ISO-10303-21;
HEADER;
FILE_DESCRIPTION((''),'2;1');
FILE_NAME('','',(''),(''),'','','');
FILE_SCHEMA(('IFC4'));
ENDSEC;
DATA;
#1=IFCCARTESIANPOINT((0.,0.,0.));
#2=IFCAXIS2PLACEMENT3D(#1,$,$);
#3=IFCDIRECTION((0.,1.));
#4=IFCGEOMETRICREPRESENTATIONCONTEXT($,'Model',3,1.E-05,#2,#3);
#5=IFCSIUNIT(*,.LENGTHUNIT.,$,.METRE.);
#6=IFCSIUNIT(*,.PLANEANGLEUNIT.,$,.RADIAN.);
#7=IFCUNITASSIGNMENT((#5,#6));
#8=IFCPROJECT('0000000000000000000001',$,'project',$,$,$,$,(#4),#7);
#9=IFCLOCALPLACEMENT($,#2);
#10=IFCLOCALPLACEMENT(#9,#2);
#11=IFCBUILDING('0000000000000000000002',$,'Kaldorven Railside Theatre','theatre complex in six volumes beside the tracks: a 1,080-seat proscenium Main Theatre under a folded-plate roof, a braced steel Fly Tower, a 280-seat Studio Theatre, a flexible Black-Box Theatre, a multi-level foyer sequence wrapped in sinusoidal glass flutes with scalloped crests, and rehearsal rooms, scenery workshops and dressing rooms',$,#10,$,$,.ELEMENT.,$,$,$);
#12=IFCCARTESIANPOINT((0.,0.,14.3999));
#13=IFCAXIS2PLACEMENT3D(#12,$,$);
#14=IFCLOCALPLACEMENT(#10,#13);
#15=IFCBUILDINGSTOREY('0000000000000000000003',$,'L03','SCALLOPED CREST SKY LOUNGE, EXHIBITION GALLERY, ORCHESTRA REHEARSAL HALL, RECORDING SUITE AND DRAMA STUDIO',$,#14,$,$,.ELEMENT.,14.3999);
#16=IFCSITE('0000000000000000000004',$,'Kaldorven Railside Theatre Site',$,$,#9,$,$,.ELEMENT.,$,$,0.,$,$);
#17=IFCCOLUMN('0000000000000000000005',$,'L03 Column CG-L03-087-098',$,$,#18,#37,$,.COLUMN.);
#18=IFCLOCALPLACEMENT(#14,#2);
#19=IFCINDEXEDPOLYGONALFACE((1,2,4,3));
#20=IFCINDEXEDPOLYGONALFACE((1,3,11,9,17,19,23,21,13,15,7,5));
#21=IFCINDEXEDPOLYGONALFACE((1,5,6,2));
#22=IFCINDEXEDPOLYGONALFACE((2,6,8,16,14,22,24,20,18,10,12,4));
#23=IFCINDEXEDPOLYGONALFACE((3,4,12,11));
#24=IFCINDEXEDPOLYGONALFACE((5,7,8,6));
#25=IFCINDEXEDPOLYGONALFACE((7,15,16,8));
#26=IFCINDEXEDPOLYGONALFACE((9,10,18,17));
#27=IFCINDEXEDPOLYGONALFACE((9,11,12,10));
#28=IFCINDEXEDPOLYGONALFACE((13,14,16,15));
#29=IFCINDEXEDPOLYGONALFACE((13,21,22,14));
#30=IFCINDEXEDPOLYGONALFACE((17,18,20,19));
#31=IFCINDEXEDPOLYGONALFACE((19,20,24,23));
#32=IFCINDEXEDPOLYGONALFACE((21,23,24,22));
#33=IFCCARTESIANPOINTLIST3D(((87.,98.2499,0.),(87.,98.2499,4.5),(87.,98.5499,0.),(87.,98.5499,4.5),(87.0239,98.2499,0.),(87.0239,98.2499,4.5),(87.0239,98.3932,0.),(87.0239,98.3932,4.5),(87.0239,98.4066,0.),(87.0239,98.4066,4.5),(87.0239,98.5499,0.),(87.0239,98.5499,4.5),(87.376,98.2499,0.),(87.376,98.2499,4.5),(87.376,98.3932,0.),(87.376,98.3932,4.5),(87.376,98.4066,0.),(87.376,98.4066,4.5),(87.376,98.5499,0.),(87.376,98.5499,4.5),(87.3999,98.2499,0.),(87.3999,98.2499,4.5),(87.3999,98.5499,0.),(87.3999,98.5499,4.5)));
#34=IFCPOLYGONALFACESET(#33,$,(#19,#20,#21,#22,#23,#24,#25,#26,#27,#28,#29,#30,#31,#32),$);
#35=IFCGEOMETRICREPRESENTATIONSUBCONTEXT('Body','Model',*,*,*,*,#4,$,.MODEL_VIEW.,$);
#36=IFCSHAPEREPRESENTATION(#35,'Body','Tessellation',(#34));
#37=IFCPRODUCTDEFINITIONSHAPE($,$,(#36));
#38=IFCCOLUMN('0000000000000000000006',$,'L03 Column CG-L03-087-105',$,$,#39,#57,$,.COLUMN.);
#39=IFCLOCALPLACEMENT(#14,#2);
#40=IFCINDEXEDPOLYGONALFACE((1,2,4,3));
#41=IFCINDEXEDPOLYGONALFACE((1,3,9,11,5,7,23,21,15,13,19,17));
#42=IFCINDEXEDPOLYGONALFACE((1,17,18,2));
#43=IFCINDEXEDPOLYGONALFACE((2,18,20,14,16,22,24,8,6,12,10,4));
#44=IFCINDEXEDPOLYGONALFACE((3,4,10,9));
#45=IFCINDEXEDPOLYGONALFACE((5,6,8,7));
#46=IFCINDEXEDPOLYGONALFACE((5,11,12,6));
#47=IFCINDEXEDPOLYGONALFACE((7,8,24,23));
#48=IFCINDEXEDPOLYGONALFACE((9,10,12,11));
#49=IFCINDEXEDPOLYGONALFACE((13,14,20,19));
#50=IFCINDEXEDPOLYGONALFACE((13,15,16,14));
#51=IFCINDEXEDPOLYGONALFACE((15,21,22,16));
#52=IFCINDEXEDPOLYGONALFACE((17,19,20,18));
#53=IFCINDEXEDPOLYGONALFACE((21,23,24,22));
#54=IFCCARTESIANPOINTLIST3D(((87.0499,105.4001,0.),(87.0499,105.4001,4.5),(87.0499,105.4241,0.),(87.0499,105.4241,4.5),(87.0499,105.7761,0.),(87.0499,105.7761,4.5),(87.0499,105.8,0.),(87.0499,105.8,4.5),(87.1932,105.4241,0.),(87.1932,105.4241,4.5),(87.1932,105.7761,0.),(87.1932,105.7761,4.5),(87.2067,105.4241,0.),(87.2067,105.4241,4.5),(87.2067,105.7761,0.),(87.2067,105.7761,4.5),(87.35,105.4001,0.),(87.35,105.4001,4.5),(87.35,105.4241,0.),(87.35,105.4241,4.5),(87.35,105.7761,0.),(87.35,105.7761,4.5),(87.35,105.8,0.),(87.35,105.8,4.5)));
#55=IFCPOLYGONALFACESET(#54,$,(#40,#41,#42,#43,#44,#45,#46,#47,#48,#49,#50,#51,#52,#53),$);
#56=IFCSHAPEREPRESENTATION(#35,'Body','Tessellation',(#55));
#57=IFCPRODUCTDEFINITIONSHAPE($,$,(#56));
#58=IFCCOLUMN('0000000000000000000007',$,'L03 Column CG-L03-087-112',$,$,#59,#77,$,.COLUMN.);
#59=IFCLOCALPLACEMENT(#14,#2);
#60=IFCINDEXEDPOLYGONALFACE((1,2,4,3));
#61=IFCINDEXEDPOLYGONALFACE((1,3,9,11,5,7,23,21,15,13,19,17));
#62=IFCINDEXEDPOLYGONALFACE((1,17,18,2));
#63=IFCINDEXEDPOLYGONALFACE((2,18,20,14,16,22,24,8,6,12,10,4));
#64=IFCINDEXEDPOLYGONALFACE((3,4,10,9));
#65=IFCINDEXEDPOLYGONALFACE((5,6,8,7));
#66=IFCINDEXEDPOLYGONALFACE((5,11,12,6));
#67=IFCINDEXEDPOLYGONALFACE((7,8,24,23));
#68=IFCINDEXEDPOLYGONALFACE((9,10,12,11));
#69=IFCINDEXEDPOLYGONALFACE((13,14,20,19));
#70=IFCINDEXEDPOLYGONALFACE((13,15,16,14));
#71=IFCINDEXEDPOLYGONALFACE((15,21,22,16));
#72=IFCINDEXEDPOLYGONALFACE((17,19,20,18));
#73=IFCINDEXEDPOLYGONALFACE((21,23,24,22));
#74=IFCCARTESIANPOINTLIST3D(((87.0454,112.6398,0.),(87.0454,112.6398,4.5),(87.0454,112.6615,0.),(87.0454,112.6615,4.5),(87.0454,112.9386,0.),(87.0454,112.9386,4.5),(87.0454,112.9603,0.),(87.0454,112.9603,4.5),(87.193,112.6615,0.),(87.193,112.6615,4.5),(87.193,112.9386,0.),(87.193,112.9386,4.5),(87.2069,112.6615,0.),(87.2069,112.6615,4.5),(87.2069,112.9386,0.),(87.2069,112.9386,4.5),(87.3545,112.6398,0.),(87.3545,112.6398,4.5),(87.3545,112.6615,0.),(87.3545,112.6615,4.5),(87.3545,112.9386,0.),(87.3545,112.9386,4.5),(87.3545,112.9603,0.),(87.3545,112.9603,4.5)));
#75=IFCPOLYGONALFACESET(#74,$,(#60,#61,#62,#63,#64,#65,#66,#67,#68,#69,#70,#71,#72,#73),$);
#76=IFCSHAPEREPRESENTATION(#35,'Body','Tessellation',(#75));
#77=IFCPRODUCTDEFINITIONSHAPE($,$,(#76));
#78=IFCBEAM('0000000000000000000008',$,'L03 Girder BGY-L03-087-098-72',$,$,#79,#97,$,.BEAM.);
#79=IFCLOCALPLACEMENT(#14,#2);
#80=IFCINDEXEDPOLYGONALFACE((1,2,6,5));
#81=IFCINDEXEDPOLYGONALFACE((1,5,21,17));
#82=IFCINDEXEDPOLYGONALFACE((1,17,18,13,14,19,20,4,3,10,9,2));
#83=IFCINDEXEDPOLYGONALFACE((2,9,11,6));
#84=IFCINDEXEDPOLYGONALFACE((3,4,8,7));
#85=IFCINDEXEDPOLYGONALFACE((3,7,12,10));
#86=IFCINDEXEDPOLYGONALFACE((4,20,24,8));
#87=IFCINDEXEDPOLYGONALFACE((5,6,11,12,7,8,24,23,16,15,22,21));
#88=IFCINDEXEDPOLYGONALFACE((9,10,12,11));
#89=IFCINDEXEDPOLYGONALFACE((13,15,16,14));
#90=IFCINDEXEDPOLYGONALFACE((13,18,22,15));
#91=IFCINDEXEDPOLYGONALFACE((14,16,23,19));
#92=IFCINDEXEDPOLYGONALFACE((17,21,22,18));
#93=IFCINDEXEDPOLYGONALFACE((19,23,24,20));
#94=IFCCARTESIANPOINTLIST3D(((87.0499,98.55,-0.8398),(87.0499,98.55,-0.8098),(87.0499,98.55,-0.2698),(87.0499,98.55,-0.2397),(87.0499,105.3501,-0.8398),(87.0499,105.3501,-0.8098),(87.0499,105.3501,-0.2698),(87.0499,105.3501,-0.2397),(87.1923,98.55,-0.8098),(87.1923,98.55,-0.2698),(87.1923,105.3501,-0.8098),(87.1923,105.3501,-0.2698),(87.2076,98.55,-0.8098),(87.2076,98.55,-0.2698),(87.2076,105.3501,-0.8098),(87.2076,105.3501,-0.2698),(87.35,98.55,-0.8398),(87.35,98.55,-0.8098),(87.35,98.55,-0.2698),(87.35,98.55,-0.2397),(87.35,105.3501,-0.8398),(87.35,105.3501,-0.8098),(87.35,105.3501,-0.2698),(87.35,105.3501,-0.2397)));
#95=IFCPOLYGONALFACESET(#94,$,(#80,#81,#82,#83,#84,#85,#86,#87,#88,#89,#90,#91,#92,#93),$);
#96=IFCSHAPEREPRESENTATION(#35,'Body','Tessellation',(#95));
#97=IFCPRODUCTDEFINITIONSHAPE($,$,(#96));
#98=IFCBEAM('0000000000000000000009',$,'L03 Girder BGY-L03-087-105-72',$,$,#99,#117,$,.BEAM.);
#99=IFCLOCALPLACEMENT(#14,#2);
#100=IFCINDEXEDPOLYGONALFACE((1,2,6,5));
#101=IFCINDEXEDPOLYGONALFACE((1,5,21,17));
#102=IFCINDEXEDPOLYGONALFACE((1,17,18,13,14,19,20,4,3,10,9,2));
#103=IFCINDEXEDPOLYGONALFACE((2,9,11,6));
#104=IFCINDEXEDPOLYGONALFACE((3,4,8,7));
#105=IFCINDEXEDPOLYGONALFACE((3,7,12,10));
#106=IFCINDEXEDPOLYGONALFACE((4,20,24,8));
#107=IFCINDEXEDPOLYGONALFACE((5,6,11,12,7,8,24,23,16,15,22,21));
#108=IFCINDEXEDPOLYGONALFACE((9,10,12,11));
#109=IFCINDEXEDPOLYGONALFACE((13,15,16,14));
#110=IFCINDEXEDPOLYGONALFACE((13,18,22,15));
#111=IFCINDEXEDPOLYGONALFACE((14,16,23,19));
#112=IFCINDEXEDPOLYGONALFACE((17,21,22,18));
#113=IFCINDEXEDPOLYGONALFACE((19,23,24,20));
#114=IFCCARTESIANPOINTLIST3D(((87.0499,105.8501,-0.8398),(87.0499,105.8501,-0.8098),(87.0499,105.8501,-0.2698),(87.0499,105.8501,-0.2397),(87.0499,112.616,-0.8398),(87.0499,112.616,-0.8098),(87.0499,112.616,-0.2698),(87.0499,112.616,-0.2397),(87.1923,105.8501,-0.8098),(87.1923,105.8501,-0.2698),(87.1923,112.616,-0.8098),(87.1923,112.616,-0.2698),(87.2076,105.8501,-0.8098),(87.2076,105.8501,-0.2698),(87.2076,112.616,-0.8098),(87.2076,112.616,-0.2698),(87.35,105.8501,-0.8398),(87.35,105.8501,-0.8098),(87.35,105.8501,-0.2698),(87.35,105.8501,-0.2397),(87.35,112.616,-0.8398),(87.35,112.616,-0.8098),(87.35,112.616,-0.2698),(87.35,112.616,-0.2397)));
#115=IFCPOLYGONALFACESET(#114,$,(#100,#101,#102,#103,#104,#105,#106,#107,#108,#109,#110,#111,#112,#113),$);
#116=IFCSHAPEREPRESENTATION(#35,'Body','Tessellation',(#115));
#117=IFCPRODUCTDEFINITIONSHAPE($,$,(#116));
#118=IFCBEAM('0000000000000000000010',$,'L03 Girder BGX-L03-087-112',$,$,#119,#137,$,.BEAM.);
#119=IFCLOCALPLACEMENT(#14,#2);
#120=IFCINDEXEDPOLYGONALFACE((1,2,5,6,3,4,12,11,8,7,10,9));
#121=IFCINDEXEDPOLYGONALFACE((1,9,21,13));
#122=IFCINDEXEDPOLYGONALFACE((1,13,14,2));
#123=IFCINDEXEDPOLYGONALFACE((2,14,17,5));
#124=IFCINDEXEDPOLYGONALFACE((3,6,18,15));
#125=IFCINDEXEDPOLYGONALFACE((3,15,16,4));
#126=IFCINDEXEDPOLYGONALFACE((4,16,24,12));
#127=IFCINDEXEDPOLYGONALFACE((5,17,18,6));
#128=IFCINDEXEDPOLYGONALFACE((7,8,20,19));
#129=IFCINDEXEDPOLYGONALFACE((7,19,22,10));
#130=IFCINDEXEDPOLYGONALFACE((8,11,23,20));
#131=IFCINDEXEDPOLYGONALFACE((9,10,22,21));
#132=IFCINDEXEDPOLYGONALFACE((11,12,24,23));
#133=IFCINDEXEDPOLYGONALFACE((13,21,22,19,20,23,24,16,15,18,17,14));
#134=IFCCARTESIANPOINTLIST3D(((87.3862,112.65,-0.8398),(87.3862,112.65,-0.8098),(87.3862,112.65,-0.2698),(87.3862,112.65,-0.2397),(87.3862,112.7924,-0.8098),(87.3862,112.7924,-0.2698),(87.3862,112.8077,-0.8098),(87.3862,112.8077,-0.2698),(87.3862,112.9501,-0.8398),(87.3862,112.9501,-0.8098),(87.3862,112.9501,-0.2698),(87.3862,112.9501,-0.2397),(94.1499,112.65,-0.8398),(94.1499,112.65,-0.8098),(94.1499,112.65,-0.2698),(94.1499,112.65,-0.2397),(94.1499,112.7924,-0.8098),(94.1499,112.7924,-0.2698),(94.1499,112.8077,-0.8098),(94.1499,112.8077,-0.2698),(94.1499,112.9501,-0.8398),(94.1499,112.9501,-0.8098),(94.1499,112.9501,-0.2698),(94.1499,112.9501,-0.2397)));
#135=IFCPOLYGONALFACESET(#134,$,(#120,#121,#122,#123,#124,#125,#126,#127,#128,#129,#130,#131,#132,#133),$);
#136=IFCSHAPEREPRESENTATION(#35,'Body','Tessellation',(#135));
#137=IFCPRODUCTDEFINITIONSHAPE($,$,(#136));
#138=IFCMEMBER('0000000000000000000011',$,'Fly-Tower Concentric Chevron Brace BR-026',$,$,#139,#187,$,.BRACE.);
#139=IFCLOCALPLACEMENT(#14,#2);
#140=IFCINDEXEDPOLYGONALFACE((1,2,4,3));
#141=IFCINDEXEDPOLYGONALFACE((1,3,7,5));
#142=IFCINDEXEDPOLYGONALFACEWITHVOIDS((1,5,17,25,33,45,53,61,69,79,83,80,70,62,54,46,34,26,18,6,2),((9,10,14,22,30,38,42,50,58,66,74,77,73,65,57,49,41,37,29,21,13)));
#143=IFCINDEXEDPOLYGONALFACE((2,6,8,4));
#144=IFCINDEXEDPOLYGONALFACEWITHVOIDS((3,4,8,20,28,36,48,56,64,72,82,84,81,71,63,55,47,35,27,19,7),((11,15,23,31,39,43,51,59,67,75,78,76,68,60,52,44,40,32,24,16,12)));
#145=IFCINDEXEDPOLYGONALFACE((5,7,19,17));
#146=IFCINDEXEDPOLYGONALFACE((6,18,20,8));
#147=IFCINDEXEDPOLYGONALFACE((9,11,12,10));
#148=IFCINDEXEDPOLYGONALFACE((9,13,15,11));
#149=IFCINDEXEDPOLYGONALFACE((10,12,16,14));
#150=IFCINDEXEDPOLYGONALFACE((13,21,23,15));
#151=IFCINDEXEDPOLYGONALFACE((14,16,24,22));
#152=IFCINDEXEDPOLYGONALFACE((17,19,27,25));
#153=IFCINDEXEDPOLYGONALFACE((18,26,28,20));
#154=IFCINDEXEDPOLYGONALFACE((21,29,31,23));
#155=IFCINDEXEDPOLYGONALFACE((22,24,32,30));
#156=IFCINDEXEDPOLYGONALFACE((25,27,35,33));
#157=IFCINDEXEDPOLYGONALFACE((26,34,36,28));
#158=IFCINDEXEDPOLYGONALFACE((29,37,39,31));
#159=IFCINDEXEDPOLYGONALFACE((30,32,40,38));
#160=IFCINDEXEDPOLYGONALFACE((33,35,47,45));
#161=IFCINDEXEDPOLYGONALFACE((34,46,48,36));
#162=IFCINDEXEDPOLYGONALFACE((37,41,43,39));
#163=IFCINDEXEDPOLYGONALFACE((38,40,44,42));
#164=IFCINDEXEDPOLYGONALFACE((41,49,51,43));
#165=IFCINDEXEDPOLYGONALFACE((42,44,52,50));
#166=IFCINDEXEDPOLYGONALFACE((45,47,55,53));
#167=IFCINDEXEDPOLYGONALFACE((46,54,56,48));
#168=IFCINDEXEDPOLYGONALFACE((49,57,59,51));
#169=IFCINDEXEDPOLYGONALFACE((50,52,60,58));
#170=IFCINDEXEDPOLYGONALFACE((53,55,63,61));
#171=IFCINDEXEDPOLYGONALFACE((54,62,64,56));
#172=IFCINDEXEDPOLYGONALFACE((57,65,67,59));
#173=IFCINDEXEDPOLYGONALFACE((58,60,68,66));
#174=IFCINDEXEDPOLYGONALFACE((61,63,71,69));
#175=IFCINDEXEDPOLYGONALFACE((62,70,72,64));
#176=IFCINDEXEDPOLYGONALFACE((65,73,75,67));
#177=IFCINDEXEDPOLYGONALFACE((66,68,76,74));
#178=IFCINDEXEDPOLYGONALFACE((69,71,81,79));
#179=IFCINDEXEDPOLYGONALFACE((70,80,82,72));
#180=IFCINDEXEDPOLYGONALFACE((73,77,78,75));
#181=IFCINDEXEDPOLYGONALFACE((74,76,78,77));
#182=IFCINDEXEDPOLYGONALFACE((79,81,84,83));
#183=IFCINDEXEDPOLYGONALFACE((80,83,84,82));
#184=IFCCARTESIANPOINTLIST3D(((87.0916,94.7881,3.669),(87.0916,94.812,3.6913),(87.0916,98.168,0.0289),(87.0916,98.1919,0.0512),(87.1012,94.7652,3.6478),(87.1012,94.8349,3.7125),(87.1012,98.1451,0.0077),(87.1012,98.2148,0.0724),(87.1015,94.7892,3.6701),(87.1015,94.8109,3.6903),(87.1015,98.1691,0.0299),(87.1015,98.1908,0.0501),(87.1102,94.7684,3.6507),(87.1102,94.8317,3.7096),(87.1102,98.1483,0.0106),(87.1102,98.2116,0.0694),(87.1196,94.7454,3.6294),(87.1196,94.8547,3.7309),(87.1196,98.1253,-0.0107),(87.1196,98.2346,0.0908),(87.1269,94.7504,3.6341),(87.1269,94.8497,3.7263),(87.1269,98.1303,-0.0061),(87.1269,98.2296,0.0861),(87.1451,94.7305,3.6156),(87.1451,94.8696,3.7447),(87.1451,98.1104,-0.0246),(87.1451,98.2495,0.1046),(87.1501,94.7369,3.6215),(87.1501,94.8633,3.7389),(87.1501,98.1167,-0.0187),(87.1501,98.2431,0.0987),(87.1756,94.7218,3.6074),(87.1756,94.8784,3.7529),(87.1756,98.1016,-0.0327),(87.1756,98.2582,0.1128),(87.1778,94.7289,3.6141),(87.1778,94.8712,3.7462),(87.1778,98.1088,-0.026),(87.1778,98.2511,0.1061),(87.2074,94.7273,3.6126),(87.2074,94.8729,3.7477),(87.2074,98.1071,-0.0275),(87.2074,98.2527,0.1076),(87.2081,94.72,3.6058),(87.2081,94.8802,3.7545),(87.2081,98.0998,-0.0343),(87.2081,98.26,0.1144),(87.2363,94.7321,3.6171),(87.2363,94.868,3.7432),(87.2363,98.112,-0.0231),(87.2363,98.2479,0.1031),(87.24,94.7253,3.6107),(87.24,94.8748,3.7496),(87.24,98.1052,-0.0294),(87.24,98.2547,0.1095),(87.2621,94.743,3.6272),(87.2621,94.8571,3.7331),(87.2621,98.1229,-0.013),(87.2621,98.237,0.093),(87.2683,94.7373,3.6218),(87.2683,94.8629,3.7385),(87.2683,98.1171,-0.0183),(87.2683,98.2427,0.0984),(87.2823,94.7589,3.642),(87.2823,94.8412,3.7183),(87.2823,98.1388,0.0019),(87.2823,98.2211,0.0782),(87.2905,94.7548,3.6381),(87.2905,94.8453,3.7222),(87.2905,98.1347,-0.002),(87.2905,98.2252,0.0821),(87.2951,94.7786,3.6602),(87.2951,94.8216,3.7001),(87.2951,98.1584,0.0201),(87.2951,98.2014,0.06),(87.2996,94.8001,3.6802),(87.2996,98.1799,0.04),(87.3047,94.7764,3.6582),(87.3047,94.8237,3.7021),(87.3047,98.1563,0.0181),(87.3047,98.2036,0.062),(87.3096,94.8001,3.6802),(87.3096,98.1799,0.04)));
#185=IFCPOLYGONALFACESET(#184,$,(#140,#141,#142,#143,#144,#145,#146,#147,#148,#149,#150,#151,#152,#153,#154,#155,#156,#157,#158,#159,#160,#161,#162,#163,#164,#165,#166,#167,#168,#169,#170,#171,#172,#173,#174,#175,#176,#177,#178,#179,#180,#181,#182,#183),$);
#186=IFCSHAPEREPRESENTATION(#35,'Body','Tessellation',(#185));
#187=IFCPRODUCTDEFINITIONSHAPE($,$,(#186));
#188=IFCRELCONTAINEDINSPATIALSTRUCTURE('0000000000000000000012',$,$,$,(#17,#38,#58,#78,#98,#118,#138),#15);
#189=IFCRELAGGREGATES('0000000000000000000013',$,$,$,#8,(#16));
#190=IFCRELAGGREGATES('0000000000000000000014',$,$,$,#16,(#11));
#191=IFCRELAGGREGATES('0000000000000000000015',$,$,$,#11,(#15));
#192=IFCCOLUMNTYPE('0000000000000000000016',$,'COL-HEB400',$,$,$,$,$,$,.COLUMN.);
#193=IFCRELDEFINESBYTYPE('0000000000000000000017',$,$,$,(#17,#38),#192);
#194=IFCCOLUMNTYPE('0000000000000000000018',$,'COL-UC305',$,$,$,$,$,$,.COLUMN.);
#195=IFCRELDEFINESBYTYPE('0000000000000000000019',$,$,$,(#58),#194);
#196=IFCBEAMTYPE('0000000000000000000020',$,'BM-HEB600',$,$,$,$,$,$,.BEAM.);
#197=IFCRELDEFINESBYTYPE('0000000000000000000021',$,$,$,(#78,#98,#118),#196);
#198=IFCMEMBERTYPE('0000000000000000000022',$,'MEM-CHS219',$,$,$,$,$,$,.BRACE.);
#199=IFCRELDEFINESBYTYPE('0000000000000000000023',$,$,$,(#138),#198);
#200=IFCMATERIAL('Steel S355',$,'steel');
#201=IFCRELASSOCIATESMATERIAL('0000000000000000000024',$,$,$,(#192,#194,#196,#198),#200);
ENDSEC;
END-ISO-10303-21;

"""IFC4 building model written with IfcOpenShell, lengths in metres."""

from ifc_helpers import new_model, si_unit, direction, frame, origin, origin_2d, place, context, subcontext, project, spatial, hollow_circle, i_section, extrude, material, material_profile, profile_set, type_object, element, save


model = new_model("IFC4")

# Units and contexts
model_context = context("Model", 3, precision=1e-05, world=origin(), true_north=direction((0.0, 1.0)))
body_context = subcontext(model_context, "Body", "Model", "MODEL_VIEW")
ifc_project = project(units=[si_unit("LENGTHUNIT", "METRE"), si_unit("PLANEANGLEUNIT", "RADIAN")], contexts=[model_context])

# Site, building, storey
site_placement = place(None, origin())
site = spatial("IfcSite", under=ifc_project, at=site_placement, Name="Kaldorven Railside Theatre Site", CompositionType="ELEMENT", RefElevation=0.0)
building_placement = place(site_placement, origin())
building = spatial("IfcBuilding", under=site, at=building_placement, Name="Kaldorven Railside Theatre", Description="theatre complex in six volumes beside the tracks: a 1,080-seat proscenium Main Theatre under a folded-plate roof, a braced steel Fly Tower, a 280-seat Studio Theatre, a flexible Black-Box Theatre, a multi-level foyer sequence wrapped in sinusoidal glass flutes with scalloped crests, and rehearsal rooms, scenery workshops and dressing rooms", CompositionType="ELEMENT")
storey_placement = place(building_placement, frame((0.0, 0.0, 14.3999)))
storey = spatial("IfcBuildingStorey", under=building, at=storey_placement, Name="L03", Description="SCALLOPED CREST SKY LOUNGE, EXHIBITION GALLERY, ORCHESTRA REHEARSAL HALL, RECORDING SUITE AND DRAMA STUDIO", CompositionType="ELEMENT", Elevation=14.3999)

# Columns
ifc_material_1 = material(Name="Steel S355", Category="steel")
ifc_material_profile_1 = material_profile(ifc_material_1, i_section(OverallWidth=0.3, OverallDepth=0.3999, WebThickness=0.0134, FlangeThickness=0.0239, at=origin_2d()), Name="HEB 400")
ifc_profile_set_1 = profile_set([ifc_material_profile_1], Name="Steel S355")
column_type_1 = type_object("IfcColumnType", Name="COL-HEB400", PredefinedType="COLUMN", material=ifc_profile_set_1)
for number, where, z_axis, x_axis, name in (
    (1, (87.2, 98.3999, 0.0), (0.0, 0.0, 1.0), (0.0, 1.0, 0.0), "L03 Column CG-L03-087-098"),
    (2, (87.2, 105.6001, 0.0), (0.0, 0.0, 1.0), (1.0, 0.0, 0.0), "L03 Column CG-L03-087-105"),
):
    element("IfcColumn", number, at=place(storey_placement, frame(where, z_axis=z_axis, x_axis=x_axis)), inside=storey, type_object=column_type_1, Name=name, PredefinedType="COLUMN", context=body_context, shape_type="SweptSolid", body=[
        extrude(i_section(OverallWidth=0.3, OverallDepth=0.3999, WebThickness=0.0134, FlangeThickness=0.0239, at=origin_2d()), origin(), (0.0, 0.0, 1.0), 4.5),
    ])
ifc_material_profile_2 = material_profile(ifc_material_1, i_section(OverallWidth=0.3091, OverallDepth=0.3206, WebThickness=0.0139, FlangeThickness=0.0217, at=origin_2d()), Name="UC 305x305x137")
ifc_profile_set_2 = profile_set([ifc_material_profile_2], Name="Steel S355")
column_type_2 = type_object("IfcColumnType", Name="COL-UC305", PredefinedType="COLUMN", material=ifc_profile_set_2)
column_placement = place(storey_placement, frame((87.2, 112.8, 0.0), z_axis=(0.0, 0.0, 1.0), x_axis=(1.0, 0.0, 0.0)))
element("IfcColumn", 3, at=column_placement, inside=storey, type_object=column_type_2, Name="L03 Column CG-L03-087-112", PredefinedType="COLUMN", context=body_context, shape_type="SweptSolid", body=[
    extrude(i_section(OverallWidth=0.3091, OverallDepth=0.3206, WebThickness=0.0139, FlangeThickness=0.0217, at=origin_2d()), origin(), (0.0, 0.0, 1.0), 4.5),
])

# Beams
ifc_material_profile_3 = material_profile(ifc_material_1, i_section(OverallWidth=0.3, OverallDepth=0.6001, WebThickness=0.0154, FlangeThickness=0.03, at=origin_2d()), Name="HEB 600")
ifc_profile_set_3 = profile_set([ifc_material_profile_3], Name="Steel S355")
beam_type = type_object("IfcBeamType", Name="BM-HEB600", PredefinedType="BEAM", material=ifc_profile_set_3)
beam_1_placement = place(storey_placement, frame((87.2, 98.55, -0.5398), z_axis=(0.0, 1.0, 0.0), x_axis=(-1.0, 0.0, 0.0)))
element("IfcBeam", 4, at=beam_1_placement, inside=storey, type_object=beam_type, Name="L03 Girder BGY-L03-087-098-72", PredefinedType="BEAM", context=body_context, shape_type="SweptSolid", body=[
    extrude(i_section(OverallWidth=0.3, OverallDepth=0.6001, WebThickness=0.0154, FlangeThickness=0.03, at=origin_2d()), origin(), (0.0, 0.0, 1.0), 6.8),
])
beam_2_placement = place(storey_placement, frame((87.2, 105.8501, -0.5398), z_axis=(0.0, 1.0, 0.0), x_axis=(-1.0, 0.0, 0.0)))
element("IfcBeam", 5, at=beam_2_placement, inside=storey, type_object=beam_type, Name="L03 Girder BGY-L03-087-105-72", PredefinedType="BEAM", context=body_context, shape_type="SweptSolid", body=[
    extrude(i_section(OverallWidth=0.3, OverallDepth=0.6001, WebThickness=0.0154, FlangeThickness=0.03, at=origin_2d()), origin(), (0.0, 0.0, 1.0), 6.7659),
])
beam_3_placement = place(storey_placement, frame((87.3862, 112.8, -0.5398), z_axis=(1.0, 0.0, 0.0), x_axis=(0.0, 1.0, 0.0)))
element("IfcBeam", 6, at=beam_3_placement, inside=storey, type_object=beam_type, Name="L03 Girder BGX-L03-087-112", PredefinedType="BEAM", context=body_context, shape_type="SweptSolid", body=[
    extrude(i_section(OverallWidth=0.3, OverallDepth=0.6001, WebThickness=0.0154, FlangeThickness=0.03, at=origin_2d()), origin(), (0.0, 0.0, 1.0), 6.7637),
])

# Member
ifc_material_profile_4 = material_profile(ifc_material_1, hollow_circle(Radius=0.1096, WallThickness=0.01, at=origin_2d()), Name="CHS 219.1x10")
ifc_profile_set_4 = profile_set([ifc_material_profile_4], Name="Steel S355")
member_type = type_object("IfcMemberType", Name="MEM-CHS219", PredefinedType="BRACE", material=ifc_profile_set_4)
for number, where, z_axis, x_axis, name in (
    (7, (87.2, 98.1799, 0.04), (0.0, -0.680425, 0.732818), (1.0, 0.0, 0.0), "Fly-Tower Concentric Chevron Brace BR-026"),
):
    element("IfcMember", number, at=place(storey_placement, frame(where, z_axis=z_axis, x_axis=x_axis)), inside=storey, type_object=member_type, Name=name, PredefinedType="BRACE", context=body_context, shape_type="SweptSolid", body=[
        extrude(hollow_circle(Radius=0.1096, WallThickness=0.01, at=origin_2d()), origin(), (0.0, 0.0, 1.0), 4.9673),
    ])

save(model, "model.ifc")
